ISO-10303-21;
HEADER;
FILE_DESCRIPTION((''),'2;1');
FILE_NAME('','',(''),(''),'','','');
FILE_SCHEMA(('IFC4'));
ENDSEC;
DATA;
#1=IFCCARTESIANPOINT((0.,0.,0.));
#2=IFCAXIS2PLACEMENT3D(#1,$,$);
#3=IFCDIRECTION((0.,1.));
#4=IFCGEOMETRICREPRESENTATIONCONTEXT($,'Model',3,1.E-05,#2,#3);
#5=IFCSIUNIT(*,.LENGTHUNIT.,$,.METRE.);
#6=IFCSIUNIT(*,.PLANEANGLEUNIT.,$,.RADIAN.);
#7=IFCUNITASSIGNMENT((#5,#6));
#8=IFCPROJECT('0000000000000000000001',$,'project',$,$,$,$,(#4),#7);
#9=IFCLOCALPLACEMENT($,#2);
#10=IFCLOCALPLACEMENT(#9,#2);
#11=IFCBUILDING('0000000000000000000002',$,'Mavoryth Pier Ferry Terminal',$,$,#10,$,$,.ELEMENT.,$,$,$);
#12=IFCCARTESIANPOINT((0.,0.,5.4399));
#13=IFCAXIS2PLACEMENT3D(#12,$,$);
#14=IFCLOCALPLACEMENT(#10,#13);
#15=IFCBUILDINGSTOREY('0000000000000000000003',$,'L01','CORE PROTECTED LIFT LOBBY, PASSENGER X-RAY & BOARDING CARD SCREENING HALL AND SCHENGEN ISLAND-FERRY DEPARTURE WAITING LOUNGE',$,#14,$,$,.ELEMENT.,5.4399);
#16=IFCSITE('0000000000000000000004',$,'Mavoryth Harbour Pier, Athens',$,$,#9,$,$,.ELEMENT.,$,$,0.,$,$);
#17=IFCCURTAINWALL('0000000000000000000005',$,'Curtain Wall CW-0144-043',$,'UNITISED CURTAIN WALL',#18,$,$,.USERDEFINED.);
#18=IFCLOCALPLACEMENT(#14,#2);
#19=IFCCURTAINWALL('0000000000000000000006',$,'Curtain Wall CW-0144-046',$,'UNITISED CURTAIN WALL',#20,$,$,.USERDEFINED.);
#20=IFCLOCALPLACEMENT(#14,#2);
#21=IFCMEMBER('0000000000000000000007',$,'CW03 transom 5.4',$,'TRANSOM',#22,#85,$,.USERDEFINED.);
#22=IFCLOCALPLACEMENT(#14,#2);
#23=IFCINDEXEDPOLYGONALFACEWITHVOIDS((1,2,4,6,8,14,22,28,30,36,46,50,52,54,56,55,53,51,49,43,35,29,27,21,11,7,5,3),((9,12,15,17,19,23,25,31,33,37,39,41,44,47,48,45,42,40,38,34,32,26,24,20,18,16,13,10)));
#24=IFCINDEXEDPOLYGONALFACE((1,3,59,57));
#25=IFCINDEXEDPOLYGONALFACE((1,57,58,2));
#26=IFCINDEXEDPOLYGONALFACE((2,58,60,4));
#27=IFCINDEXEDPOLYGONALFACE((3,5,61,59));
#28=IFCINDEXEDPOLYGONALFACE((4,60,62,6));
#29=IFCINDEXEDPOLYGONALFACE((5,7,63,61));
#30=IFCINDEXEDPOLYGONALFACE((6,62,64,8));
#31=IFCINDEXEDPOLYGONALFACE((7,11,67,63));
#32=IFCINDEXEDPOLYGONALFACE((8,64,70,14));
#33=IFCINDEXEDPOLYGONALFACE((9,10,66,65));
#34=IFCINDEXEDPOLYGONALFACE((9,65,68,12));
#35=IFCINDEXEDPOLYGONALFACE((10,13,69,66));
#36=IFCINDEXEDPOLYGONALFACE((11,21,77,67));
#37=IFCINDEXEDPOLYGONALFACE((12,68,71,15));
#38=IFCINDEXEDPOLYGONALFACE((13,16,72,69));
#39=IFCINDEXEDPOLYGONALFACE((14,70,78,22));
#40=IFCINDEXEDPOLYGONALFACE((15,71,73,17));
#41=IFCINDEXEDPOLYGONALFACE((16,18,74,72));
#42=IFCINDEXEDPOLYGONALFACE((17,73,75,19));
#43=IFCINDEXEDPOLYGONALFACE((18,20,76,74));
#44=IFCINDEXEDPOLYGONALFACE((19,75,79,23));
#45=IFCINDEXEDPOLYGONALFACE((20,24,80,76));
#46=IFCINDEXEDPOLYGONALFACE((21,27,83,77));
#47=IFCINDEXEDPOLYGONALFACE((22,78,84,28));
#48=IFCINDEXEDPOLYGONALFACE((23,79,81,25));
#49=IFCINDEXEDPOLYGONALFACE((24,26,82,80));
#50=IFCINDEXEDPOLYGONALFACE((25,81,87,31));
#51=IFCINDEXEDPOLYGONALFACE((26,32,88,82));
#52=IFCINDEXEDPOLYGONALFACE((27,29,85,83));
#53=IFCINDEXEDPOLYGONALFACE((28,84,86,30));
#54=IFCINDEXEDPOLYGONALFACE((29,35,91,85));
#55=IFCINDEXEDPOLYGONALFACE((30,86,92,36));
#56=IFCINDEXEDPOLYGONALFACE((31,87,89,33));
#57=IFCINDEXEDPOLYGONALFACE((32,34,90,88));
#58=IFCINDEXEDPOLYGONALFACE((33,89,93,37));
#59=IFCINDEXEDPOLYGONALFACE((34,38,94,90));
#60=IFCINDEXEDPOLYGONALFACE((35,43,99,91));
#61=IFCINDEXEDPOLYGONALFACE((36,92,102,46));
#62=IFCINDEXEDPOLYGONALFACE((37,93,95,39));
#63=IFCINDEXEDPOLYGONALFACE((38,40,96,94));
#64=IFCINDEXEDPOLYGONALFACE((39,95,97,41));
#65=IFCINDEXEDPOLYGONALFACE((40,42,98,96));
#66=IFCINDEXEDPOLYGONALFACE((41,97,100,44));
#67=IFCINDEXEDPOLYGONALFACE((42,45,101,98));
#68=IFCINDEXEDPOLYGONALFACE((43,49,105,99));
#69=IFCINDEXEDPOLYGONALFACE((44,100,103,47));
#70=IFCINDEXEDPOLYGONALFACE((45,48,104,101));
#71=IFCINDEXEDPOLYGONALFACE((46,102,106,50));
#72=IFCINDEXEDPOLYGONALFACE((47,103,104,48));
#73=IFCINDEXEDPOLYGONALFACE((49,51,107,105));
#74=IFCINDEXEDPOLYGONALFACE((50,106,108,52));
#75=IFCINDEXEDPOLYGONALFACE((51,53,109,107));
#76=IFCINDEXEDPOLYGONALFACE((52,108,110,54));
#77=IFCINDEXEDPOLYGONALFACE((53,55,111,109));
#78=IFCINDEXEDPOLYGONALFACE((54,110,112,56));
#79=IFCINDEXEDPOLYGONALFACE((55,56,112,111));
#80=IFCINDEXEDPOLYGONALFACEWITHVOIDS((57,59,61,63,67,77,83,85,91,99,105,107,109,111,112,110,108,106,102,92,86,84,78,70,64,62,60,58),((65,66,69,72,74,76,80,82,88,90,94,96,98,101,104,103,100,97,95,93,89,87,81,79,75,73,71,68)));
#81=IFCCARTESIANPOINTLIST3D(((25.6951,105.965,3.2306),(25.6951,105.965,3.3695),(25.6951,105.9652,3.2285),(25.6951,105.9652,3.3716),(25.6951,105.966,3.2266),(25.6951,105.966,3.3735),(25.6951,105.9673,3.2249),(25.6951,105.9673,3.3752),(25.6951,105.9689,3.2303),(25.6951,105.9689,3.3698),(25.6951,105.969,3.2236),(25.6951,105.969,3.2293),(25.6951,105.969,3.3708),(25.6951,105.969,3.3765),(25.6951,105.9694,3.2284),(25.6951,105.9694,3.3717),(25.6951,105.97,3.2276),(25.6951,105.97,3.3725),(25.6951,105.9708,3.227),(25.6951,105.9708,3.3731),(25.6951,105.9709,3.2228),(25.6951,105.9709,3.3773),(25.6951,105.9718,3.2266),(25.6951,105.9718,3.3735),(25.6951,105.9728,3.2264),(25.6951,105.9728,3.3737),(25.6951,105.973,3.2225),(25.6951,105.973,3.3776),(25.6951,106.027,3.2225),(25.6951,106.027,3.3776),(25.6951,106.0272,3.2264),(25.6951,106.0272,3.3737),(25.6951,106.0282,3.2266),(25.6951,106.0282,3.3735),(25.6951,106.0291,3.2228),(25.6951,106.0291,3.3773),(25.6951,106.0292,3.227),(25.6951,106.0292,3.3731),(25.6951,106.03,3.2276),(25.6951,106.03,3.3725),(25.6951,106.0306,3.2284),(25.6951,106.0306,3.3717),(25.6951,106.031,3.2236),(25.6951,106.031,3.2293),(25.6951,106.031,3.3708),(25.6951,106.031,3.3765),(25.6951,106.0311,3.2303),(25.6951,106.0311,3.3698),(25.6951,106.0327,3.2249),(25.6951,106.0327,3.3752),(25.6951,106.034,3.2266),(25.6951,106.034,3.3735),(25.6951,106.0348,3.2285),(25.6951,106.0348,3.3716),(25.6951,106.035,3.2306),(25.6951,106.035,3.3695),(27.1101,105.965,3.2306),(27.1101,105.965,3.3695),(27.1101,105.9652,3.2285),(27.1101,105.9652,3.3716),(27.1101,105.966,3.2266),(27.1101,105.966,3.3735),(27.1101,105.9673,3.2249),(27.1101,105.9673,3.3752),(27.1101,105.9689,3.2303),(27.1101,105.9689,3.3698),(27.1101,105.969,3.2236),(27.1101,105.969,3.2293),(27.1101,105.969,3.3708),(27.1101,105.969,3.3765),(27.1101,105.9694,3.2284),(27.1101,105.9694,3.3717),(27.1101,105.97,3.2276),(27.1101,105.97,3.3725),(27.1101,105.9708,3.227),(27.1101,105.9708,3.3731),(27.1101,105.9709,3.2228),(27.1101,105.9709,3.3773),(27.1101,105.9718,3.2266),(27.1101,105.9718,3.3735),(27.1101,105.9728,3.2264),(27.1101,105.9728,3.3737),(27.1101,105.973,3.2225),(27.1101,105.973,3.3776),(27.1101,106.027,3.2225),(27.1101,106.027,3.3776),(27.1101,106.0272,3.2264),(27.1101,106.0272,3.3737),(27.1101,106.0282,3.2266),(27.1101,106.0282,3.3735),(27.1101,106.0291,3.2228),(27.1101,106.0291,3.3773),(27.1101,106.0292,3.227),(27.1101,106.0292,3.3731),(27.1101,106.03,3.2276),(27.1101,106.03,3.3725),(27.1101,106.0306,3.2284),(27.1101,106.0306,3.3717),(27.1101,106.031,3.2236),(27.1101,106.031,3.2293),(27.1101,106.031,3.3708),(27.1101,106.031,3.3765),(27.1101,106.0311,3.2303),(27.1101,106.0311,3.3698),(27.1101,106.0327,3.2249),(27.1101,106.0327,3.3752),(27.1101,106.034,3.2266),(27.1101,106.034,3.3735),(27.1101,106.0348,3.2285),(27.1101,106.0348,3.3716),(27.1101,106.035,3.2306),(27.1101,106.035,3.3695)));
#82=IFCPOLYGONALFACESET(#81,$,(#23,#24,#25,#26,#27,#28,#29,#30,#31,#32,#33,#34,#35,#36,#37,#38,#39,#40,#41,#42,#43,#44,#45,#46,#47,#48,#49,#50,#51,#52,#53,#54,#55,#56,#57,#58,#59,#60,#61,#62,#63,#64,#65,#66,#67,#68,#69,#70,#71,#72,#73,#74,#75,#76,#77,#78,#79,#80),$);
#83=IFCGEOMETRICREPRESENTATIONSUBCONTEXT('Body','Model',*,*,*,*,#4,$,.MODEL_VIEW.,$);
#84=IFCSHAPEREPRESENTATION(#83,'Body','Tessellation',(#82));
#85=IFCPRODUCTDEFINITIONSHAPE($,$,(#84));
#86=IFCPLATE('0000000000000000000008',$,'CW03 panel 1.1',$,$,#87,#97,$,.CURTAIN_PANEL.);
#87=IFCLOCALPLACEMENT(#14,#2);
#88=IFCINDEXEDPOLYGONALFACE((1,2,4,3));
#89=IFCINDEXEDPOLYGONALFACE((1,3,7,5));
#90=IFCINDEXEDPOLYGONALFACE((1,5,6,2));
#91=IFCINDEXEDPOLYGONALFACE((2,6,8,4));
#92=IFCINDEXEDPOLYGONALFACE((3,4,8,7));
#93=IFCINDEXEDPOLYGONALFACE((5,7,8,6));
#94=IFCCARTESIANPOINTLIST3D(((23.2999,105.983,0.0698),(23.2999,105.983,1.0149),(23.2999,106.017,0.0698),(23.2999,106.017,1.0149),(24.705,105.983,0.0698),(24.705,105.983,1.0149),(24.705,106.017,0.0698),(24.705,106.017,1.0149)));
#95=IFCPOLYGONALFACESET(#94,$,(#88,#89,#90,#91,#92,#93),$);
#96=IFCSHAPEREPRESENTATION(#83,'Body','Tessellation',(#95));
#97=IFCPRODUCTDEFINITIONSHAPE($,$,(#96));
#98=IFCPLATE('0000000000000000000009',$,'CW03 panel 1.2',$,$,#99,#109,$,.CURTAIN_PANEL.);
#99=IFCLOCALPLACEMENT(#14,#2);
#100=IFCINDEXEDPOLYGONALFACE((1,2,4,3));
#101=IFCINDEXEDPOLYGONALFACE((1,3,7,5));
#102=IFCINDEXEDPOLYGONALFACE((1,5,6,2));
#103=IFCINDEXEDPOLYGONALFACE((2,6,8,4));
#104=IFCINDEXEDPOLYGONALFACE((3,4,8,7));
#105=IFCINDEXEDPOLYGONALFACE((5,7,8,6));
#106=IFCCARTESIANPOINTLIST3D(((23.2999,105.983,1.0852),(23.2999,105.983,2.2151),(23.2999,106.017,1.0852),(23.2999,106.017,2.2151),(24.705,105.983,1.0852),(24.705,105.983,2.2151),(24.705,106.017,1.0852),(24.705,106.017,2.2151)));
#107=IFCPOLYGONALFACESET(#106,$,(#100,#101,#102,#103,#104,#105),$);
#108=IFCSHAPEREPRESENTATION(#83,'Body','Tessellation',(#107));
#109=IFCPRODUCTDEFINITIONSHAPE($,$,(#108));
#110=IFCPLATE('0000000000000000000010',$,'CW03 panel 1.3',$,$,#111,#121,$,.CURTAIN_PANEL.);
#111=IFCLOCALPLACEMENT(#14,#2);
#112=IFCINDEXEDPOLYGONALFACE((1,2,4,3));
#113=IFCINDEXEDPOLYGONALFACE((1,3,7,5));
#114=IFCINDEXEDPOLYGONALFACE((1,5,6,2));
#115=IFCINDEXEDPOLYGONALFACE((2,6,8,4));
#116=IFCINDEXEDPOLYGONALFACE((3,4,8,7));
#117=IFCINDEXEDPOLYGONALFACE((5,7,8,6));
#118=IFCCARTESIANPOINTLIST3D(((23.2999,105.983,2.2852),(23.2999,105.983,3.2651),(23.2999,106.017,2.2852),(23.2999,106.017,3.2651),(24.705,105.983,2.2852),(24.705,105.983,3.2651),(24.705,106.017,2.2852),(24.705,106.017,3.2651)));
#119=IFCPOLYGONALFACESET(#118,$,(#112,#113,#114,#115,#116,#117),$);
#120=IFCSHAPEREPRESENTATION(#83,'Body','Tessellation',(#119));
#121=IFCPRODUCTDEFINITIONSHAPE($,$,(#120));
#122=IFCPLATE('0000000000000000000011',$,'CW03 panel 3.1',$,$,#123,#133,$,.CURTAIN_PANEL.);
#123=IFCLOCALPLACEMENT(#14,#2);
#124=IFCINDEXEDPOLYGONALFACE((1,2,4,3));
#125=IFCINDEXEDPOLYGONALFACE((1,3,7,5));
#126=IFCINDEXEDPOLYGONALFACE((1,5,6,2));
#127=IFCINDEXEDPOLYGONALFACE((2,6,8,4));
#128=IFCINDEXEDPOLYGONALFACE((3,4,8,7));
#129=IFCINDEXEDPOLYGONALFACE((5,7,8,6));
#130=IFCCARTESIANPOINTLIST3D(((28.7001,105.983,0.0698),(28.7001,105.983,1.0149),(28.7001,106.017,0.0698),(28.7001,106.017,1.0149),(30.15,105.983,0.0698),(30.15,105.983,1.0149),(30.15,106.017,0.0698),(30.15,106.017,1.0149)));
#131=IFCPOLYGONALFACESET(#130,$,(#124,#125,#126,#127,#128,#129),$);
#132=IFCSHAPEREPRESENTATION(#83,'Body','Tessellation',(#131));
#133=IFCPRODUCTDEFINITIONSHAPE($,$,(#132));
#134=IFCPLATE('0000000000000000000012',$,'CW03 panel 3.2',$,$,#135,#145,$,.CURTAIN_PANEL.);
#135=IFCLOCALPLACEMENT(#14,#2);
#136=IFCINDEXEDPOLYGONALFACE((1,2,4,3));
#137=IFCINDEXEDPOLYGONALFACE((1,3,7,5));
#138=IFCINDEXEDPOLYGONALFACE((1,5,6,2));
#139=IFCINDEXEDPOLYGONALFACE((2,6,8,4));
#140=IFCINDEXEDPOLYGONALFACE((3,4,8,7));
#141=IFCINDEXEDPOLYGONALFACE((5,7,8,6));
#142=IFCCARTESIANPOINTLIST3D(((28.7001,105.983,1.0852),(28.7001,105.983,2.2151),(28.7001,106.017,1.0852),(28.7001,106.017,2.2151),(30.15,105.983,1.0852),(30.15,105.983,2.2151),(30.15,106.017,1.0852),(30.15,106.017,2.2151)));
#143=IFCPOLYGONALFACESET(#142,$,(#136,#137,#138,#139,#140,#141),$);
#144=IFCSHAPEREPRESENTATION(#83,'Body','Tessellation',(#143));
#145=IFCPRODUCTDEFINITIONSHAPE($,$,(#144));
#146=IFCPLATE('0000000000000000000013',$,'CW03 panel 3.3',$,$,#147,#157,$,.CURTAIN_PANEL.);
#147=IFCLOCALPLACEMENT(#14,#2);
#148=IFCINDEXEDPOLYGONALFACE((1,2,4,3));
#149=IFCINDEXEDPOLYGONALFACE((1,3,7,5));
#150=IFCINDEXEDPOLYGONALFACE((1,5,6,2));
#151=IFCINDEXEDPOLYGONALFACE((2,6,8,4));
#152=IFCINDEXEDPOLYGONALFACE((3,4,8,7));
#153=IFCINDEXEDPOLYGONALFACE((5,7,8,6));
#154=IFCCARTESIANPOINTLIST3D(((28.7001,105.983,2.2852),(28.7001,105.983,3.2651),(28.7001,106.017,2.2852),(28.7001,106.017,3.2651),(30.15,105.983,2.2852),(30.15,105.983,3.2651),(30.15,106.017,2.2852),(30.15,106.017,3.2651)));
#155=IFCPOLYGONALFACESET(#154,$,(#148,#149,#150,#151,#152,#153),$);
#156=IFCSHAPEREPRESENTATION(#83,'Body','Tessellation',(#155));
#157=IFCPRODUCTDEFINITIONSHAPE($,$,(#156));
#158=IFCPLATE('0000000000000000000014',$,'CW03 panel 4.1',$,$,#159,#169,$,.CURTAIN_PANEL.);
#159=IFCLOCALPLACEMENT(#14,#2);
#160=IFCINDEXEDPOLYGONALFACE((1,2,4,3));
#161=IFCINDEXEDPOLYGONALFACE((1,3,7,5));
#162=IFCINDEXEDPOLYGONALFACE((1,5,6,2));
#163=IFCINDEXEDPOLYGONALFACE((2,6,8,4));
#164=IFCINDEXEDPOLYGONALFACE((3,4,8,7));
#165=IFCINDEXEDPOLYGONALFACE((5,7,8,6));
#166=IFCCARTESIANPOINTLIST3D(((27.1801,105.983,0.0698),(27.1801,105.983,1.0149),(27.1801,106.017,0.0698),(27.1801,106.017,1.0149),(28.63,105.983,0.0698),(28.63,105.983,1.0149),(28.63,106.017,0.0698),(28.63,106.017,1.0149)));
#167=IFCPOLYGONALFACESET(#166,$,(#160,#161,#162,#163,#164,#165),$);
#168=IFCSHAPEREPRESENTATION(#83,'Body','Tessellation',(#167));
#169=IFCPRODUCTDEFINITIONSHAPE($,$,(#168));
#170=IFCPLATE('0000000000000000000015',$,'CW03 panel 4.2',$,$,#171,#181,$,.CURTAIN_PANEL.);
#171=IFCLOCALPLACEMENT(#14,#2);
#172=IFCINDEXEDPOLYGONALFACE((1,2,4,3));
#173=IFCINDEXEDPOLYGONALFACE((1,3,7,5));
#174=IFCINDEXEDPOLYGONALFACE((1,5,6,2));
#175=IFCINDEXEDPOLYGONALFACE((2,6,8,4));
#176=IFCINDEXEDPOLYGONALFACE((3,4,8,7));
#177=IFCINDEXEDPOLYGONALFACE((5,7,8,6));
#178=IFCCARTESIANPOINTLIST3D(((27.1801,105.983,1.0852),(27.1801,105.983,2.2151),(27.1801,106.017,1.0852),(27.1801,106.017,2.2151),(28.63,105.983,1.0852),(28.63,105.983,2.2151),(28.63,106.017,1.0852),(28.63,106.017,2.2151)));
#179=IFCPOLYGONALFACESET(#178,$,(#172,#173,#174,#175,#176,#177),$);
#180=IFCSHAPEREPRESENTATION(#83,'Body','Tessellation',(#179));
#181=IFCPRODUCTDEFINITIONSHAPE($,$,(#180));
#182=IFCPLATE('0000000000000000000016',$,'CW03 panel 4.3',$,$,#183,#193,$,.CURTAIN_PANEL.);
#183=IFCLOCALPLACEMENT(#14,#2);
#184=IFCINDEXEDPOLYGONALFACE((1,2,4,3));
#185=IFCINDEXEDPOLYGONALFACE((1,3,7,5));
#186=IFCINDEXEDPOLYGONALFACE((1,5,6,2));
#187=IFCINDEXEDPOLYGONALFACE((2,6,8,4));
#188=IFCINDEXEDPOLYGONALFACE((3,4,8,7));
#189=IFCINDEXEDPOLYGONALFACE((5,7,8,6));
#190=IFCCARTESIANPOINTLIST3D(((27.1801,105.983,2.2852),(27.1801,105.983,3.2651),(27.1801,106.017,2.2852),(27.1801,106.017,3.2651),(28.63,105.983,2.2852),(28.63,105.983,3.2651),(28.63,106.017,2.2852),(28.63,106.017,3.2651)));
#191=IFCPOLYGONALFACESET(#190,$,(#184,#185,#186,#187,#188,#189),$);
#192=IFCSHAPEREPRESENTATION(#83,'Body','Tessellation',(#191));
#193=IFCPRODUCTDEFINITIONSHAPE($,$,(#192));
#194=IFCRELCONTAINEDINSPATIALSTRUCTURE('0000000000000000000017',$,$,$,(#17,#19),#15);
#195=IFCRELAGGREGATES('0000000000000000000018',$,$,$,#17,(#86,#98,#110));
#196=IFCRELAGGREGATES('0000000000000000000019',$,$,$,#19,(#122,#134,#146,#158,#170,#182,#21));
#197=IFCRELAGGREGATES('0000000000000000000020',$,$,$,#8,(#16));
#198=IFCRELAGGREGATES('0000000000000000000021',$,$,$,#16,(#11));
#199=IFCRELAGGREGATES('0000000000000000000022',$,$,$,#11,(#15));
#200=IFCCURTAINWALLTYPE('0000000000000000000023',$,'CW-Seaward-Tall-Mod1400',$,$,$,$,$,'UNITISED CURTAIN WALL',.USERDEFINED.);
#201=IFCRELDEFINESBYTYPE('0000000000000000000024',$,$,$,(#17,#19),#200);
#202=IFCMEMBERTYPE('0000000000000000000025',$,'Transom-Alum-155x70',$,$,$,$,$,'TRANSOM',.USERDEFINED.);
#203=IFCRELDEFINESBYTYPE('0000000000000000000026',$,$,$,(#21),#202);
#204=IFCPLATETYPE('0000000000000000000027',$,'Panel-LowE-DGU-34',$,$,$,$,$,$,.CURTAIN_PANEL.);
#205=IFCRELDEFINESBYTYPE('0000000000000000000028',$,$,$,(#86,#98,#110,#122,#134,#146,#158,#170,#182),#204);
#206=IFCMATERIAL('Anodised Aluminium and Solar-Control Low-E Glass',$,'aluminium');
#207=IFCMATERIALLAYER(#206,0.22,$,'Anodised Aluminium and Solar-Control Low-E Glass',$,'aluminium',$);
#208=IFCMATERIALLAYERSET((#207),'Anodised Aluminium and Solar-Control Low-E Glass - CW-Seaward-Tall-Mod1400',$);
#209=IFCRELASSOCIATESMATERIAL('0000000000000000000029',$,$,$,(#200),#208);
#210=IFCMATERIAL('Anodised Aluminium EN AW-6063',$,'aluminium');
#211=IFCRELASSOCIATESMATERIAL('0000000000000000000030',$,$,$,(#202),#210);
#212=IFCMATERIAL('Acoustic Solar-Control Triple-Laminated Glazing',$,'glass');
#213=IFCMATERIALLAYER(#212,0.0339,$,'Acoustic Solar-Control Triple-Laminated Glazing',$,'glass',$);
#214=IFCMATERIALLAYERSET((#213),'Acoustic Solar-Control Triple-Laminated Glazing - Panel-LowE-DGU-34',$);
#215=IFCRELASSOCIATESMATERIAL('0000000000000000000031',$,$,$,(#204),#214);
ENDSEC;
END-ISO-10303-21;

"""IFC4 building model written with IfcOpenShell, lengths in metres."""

from ifc_helpers import new_model, si_unit, direction, frame, origin, origin_2d, place, context, subcontext, project, spatial, rectangle, hollow_rectangle, extrude, material, layer, layer_set, material_profile, profile_set, type_object, element, aggregate, save


model = new_model("IFC4")

# Units and contexts
model_context = context("Model", 3, precision=1e-05, world=origin(), true_north=direction((0.0, 1.0)))
body_context = subcontext(model_context, "Body", "Model", "MODEL_VIEW")
ifc_project = project(units=[si_unit("LENGTHUNIT", "METRE"), si_unit("PLANEANGLEUNIT", "RADIAN")], contexts=[model_context])

# Site, building, storey
site_placement = place(None, origin())
site = spatial("IfcSite", under=ifc_project, at=site_placement, Name="Mavoryth Harbour Pier, Athens", CompositionType="ELEMENT", RefElevation=0.0)
building_placement = place(site_placement, origin())
building = spatial("IfcBuilding", under=site, at=building_placement, Name="Mavoryth Pier Ferry Terminal", CompositionType="ELEMENT")
storey_placement = place(building_placement, frame((0.0, 0.0, 5.4399)))
storey = spatial("IfcBuildingStorey", under=building, at=storey_placement, Name="L01", Description="CORE PROTECTED LIFT LOBBY, PASSENGER X-RAY & BOARDING CARD SCREENING HALL AND SCHENGEN ISLAND-FERRY DEPARTURE WAITING LOUNGE", CompositionType="ELEMENT", Elevation=5.4399)

# Curtain walls
ifc_material_1 = material(Name="Anodised Aluminium and Solar-Control Low-E Glass", Category="aluminium")
ifc_layer_1 = layer(ifc_material_1, 0.22, Name="Anodised Aluminium and Solar-Control Low-E Glass", Category="aluminium")
ifc_layer_set_1 = layer_set([ifc_layer_1], Name="Anodised Aluminium and Solar-Control Low-E Glass - CW-Seaward-Tall-Mod1400")
curtain_wall_type = type_object("IfcCurtainWallType", Name="CW-Seaward-Tall-Mod1400", ElementType="UNITISED CURTAIN WALL", PredefinedType="USERDEFINED", material=ifc_layer_set_1)
curtain_wall_1_placement = place(storey_placement, origin())
curtain_wall_1 = element("IfcCurtainWall", 1, at=curtain_wall_1_placement, inside=storey, type_object=curtain_wall_type, Name="Curtain Wall CW-0144-043", ObjectType="UNITISED CURTAIN WALL", PredefinedType="USERDEFINED")
ifc_material_2 = material(Name="Anodised Aluminium EN AW-6063", Category="aluminium")
curtain_wall_2_placement = place(storey_placement, origin())
curtain_wall_2 = element("IfcCurtainWall", 2, at=curtain_wall_2_placement, inside=storey, type_object=curtain_wall_type, Name="Curtain Wall CW-0144-046", ObjectType="UNITISED CURTAIN WALL", PredefinedType="USERDEFINED")

# Member
ifc_material_profile_1 = material_profile(ifc_material_2, hollow_rectangle(XDim=0.0701, YDim=0.155, WallThickness=0.0039, InnerFilletRadius=0.0039, OuterFilletRadius=0.0081, at=origin_2d()), Name="AL-TRAN 155x70x4", Category="aluminium")
ifc_profile_set_1 = profile_set([ifc_material_profile_1], Name="Anodised Aluminium EN AW-6063 - AL-TRAN 155x70x4")
member_type_1 = type_object("IfcMemberType", Name="Transom-Alum-155x70", ElementType="TRANSOM", PredefinedType="USERDEFINED", material=ifc_profile_set_1)
member_1_placement = place(storey_placement, frame((27.1101, 106.0, 3.3), z_axis=(-1.0, 0.0, 0.0), x_axis=(0.0, -1.0, 0.0)))
member_1 = element("IfcMember", 3, at=member_1_placement, type_object=member_type_1, Name="CW03 transom 5.4", ObjectType="TRANSOM", PredefinedType="USERDEFINED", context=body_context, shape_type="SweptSolid", body=[
    extrude(hollow_rectangle(XDim=0.0701, YDim=0.155, WallThickness=0.0039, InnerFilletRadius=0.0039, OuterFilletRadius=0.0081, at=origin_2d()), origin(), (0.0, 0.0, 1.0), 1.415),
])

# Plates
ifc_material_3 = material(Name="Acoustic Solar-Control Triple-Laminated Glazing", Category="glass")
ifc_layer_2 = layer(ifc_material_3, 0.0339, Name="Acoustic Solar-Control Triple-Laminated Glazing", Category="glass")
ifc_layer_set_2 = layer_set([ifc_layer_2], Name="Acoustic Solar-Control Triple-Laminated Glazing - Panel-LowE-DGU-34")
plate_type = type_object("IfcPlateType", Name="Panel-LowE-DGU-34", PredefinedType="CURTAIN_PANEL", material=ifc_layer_set_2)
plate_1_placement = place(storey_placement, frame((24.0024, 106.0, 0.0698), z_axis=(0.0, 0.0, 1.0), x_axis=(-1.0, 0.0, 0.0)))
plate_1 = element("IfcPlate", 4, at=plate_1_placement, type_object=plate_type, Name="CW03 panel 1.1", PredefinedType="CURTAIN_PANEL", context=body_context, shape_type="SweptSolid", body=[
    extrude(rectangle(XDim=1.405, YDim=0.0339, at=origin_2d()), origin(), (0.0, 0.0, 1.0), 0.9451),
])
plate_2_placement = place(storey_placement, frame((24.0024, 106.0, 1.0852), z_axis=(0.0, 0.0, 1.0), x_axis=(-1.0, 0.0, 0.0)))
plate_2 = element("IfcPlate", 5, at=plate_2_placement, type_object=plate_type, Name="CW03 panel 1.2", PredefinedType="CURTAIN_PANEL", context=body_context, shape_type="SweptSolid", body=[
    extrude(rectangle(XDim=1.405, YDim=0.0339, at=origin_2d()), origin(), (0.0, 0.0, 1.0), 1.1299),
])
plate_3_placement = place(storey_placement, frame((24.0024, 106.0, 2.2852), z_axis=(0.0, 0.0, 1.0), x_axis=(-1.0, 0.0, 0.0)))
plate_3 = element("IfcPlate", 6, at=plate_3_placement, type_object=plate_type, Name="CW03 panel 1.3", PredefinedType="CURTAIN_PANEL", context=body_context, shape_type="SweptSolid", body=[
    extrude(rectangle(XDim=1.405, YDim=0.0339, at=origin_2d()), origin(), (0.0, 0.0, 1.0), 0.98),
])
aggregate(curtain_wall_1, [plate_1, plate_2, plate_3])
plate_4_placement = place(storey_placement, frame((29.425, 106.0, 0.0698), z_axis=(0.0, 0.0, 1.0), x_axis=(-1.0, 0.0, 0.0)))
plate_4 = element("IfcPlate", 7, at=plate_4_placement, type_object=plate_type, Name="CW03 panel 3.1", PredefinedType="CURTAIN_PANEL", context=body_context, shape_type="SweptSolid", body=[
    extrude(rectangle(XDim=1.45, YDim=0.0339, at=origin_2d()), origin(), (0.0, 0.0, 1.0), 0.9451),
])
plate_5_placement = place(storey_placement, frame((29.425, 106.0, 1.0852), z_axis=(0.0, 0.0, 1.0), x_axis=(-1.0, 0.0, 0.0)))
plate_5 = element("IfcPlate", 8, at=plate_5_placement, type_object=plate_type, Name="CW03 panel 3.2", PredefinedType="CURTAIN_PANEL", context=body_context, shape_type="SweptSolid", body=[
    extrude(rectangle(XDim=1.45, YDim=0.0339, at=origin_2d()), origin(), (0.0, 0.0, 1.0), 1.1299),
])
plate_6_placement = place(storey_placement, frame((29.425, 106.0, 2.2852), z_axis=(0.0, 0.0, 1.0), x_axis=(-1.0, 0.0, 0.0)))
plate_6 = element("IfcPlate", 9, at=plate_6_placement, type_object=plate_type, Name="CW03 panel 3.3", PredefinedType="CURTAIN_PANEL", context=body_context, shape_type="SweptSolid", body=[
    extrude(rectangle(XDim=1.45, YDim=0.0339, at=origin_2d()), origin(), (0.0, 0.0, 1.0), 0.98),
])
plate_7_placement = place(storey_placement, frame((27.905, 106.0, 0.0698), z_axis=(0.0, 0.0, 1.0), x_axis=(-1.0, 0.0, 0.0)))
plate_7 = element("IfcPlate", 10, at=plate_7_placement, type_object=plate_type, Name="CW03 panel 4.1", PredefinedType="CURTAIN_PANEL", context=body_context, shape_type="SweptSolid", body=[
    extrude(rectangle(XDim=1.45, YDim=0.0339, at=origin_2d()), origin(), (0.0, 0.0, 1.0), 0.9451),
])
plate_8_placement = place(storey_placement, frame((27.905, 106.0, 1.0852), z_axis=(0.0, 0.0, 1.0), x_axis=(-1.0, 0.0, 0.0)))
plate_8 = element("IfcPlate", 11, at=plate_8_placement, type_object=plate_type, Name="CW03 panel 4.2", PredefinedType="CURTAIN_PANEL", context=body_context, shape_type="SweptSolid", body=[
    extrude(rectangle(XDim=1.45, YDim=0.0339, at=origin_2d()), origin(), (0.0, 0.0, 1.0), 1.1299),
])
plate_9_placement = place(storey_placement, frame((27.905, 106.0, 2.2852), z_axis=(0.0, 0.0, 1.0), x_axis=(-1.0, 0.0, 0.0)))
plate_9 = element("IfcPlate", 12, at=plate_9_placement, type_object=plate_type, Name="CW03 panel 4.3", PredefinedType="CURTAIN_PANEL", context=body_context, shape_type="SweptSolid", body=[
    extrude(rectangle(XDim=1.45, YDim=0.0339, at=origin_2d()), origin(), (0.0, 0.0, 1.0), 0.98),
])
aggregate(curtain_wall_2, [plate_4, plate_5, plate_6, plate_7, plate_8, plate_9, member_1])

save(model, "model.ifc")
